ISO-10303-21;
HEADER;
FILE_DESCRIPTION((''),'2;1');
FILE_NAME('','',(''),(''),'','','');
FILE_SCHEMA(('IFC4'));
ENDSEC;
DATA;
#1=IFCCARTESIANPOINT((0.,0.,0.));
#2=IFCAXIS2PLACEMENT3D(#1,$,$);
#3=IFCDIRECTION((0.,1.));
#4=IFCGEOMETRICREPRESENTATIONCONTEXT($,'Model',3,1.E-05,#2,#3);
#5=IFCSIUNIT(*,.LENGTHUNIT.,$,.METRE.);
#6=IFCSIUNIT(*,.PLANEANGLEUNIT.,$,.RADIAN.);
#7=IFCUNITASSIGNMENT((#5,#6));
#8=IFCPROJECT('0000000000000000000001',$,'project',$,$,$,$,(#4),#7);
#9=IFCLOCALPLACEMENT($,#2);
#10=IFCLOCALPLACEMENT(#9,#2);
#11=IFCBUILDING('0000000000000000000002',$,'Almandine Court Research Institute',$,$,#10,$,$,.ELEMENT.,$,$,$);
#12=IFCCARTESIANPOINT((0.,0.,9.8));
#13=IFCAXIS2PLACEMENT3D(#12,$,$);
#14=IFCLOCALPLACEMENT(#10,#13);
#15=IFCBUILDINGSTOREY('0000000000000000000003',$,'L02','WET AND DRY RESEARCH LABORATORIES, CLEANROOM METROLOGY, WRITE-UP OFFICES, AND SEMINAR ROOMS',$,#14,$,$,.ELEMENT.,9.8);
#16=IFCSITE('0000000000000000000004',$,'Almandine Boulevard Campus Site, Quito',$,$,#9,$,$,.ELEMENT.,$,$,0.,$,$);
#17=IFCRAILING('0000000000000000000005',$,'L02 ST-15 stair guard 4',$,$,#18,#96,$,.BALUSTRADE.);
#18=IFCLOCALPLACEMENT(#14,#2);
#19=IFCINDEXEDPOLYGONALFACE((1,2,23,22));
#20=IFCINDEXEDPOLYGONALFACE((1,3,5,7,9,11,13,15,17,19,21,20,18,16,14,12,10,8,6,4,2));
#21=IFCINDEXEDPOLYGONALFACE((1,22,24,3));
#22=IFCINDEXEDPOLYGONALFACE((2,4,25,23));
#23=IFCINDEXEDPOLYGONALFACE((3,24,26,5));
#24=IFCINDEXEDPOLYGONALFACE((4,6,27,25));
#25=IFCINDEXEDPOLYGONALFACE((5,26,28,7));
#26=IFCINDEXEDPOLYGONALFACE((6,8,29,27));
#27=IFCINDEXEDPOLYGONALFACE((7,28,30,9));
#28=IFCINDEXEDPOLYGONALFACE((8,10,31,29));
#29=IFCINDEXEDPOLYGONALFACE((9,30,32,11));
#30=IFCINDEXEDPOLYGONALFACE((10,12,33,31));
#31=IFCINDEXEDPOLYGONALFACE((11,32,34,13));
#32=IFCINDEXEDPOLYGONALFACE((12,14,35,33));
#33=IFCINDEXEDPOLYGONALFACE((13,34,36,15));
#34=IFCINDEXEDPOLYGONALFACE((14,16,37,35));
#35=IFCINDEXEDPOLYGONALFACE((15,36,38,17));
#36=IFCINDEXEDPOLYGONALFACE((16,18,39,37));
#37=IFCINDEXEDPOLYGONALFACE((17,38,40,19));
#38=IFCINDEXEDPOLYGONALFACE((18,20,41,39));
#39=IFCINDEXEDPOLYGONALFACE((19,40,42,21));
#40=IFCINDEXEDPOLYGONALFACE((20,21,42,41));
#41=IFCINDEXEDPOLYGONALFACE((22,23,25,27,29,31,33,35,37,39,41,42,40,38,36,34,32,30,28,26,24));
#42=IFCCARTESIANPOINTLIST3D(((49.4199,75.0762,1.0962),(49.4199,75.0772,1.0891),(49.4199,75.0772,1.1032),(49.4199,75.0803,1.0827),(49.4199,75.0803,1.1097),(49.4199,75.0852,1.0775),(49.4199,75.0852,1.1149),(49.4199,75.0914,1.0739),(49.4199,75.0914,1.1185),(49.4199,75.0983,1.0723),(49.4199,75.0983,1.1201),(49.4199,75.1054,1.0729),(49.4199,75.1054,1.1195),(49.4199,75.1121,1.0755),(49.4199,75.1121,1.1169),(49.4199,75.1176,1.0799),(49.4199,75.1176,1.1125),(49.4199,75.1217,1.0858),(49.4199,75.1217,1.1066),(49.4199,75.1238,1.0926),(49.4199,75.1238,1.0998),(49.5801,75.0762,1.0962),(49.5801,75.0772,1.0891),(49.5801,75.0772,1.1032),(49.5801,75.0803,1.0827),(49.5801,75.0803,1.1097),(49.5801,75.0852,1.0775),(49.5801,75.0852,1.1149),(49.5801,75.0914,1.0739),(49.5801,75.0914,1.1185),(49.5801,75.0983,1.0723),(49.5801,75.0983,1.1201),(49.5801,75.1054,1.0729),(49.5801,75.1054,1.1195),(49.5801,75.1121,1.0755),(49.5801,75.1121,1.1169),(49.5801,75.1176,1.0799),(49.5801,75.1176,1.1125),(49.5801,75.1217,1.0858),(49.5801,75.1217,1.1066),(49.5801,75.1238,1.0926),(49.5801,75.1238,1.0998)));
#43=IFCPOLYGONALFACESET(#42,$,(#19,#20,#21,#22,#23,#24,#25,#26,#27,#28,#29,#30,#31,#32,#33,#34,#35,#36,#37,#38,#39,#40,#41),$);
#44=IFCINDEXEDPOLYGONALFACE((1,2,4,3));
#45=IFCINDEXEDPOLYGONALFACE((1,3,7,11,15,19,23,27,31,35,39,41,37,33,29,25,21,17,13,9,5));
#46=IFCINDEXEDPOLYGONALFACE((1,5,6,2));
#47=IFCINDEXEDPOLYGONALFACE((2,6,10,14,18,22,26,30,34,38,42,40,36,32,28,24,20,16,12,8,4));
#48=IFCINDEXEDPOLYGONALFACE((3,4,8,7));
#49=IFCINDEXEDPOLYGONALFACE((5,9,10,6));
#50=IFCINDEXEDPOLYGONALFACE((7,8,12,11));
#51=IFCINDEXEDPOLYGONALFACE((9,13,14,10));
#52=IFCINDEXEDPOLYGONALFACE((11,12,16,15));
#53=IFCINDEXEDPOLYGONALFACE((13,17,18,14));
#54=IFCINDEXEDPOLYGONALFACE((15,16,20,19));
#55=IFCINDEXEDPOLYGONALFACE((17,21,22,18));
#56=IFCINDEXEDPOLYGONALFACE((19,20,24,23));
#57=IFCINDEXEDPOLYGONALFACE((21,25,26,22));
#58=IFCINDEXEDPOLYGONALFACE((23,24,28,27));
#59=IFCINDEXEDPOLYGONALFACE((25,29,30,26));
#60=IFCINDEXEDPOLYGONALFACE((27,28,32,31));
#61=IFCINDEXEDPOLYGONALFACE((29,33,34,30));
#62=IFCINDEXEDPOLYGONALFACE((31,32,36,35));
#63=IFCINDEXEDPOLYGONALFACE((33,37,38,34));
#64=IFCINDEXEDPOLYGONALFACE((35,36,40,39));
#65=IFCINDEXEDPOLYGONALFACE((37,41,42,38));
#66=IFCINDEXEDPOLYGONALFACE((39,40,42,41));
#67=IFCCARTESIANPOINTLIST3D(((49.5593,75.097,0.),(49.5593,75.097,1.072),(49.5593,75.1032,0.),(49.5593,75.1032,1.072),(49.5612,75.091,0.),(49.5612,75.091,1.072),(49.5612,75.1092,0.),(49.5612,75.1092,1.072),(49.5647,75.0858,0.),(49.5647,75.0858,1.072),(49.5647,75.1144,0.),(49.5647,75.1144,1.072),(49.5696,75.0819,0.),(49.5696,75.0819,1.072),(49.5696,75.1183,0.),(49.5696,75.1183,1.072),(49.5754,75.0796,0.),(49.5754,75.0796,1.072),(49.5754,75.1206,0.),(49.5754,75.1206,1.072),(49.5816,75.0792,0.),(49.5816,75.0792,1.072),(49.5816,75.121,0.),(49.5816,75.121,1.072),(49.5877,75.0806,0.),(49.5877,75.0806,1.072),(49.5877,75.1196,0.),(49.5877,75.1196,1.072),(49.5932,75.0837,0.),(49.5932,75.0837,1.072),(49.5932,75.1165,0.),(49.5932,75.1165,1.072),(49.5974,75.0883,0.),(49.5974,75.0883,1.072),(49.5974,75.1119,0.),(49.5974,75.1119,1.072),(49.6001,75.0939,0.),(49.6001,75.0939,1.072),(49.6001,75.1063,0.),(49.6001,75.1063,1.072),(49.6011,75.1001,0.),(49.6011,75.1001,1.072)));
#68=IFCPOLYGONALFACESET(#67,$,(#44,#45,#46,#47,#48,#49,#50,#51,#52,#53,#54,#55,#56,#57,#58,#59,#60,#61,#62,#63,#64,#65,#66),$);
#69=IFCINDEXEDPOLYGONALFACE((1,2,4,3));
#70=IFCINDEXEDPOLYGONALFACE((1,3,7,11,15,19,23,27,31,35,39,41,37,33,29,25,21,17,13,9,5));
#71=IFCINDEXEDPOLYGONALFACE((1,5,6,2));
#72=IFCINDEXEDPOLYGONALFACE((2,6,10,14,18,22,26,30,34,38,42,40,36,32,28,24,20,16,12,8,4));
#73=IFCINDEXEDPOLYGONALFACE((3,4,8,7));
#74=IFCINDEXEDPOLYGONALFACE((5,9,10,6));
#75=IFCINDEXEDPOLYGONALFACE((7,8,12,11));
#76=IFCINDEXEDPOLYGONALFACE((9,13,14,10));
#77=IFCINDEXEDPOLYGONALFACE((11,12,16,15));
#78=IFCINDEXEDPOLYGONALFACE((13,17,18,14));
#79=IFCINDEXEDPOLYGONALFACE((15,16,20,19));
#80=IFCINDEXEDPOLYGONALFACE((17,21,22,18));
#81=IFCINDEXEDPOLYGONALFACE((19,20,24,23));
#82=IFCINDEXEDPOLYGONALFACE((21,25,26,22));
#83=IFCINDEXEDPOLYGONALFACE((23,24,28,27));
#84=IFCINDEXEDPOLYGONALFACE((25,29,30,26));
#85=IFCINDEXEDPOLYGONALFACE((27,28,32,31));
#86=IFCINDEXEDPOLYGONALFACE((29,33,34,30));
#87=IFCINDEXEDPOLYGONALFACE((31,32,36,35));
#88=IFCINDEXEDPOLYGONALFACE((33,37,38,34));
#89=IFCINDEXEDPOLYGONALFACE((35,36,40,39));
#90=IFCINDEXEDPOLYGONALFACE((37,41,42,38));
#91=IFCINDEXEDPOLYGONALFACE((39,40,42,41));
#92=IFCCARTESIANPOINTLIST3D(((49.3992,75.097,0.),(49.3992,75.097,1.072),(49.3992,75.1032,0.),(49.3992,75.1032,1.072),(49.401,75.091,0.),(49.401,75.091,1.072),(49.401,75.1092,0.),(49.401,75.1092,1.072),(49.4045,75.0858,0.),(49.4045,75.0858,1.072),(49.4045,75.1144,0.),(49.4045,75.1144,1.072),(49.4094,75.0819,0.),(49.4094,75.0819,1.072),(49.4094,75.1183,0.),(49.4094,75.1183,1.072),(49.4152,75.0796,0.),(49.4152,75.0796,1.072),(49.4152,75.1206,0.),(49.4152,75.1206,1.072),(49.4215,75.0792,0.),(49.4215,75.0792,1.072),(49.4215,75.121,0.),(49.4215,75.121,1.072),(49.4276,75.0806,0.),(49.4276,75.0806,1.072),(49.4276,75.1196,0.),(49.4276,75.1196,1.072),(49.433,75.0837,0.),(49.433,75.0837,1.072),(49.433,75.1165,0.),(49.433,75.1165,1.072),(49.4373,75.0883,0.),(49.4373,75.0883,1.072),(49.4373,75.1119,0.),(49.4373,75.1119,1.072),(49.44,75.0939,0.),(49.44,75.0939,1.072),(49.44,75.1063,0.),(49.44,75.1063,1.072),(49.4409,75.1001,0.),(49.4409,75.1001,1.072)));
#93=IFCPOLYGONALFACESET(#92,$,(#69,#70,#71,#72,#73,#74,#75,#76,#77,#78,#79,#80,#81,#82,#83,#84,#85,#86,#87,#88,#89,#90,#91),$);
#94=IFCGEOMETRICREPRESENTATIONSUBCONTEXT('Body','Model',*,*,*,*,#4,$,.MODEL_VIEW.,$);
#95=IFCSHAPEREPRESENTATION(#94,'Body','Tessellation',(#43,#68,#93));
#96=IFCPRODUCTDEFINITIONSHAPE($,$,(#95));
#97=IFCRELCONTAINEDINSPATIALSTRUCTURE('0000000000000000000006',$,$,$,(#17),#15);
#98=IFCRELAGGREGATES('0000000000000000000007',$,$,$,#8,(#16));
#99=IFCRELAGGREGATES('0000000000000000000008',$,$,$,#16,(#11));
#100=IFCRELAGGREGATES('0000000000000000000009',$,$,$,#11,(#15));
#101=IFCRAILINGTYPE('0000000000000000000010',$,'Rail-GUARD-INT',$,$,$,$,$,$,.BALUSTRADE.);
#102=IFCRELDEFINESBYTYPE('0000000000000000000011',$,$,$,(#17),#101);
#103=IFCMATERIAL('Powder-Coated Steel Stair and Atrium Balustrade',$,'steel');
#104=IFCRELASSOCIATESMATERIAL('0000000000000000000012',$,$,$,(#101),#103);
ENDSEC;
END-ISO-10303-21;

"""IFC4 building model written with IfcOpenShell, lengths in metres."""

from ifc_helpers import new_model, si_unit, direction, frame, origin, origin_2d, place, context, subcontext, project, spatial, circle, extrude, material, type_object, element, save


model = new_model("IFC4")

# Units and contexts
model_context = context("Model", 3, precision=1e-05, world=origin(), true_north=direction((0.0, 1.0)))
body_context = subcontext(model_context, "Body", "Model", "MODEL_VIEW")
ifc_project = project(units=[si_unit("LENGTHUNIT", "METRE"), si_unit("PLANEANGLEUNIT", "RADIAN")], contexts=[model_context])

# Site, building, storey
site_placement = place(None, origin())
site = spatial("IfcSite", under=ifc_project, at=site_placement, Name="Almandine Boulevard Campus Site, Quito", CompositionType="ELEMENT", RefElevation=0.0)
building_placement = place(site_placement, origin())
building = spatial("IfcBuilding", under=site, at=building_placement, Name="Almandine Court Research Institute", CompositionType="ELEMENT")
storey_placement = place(building_placement, frame((0.0, 0.0, 9.8)))
storey = spatial("IfcBuildingStorey", under=building, at=storey_placement, Name="L02", Description="WET AND DRY RESEARCH LABORATORIES, CLEANROOM METROLOGY, WRITE-UP OFFICES, AND SEMINAR ROOMS", CompositionType="ELEMENT", Elevation=9.8)

# Railing
ifc_material_1 = material(Name="Powder-Coated Steel Stair and Atrium Balustrade", Category="steel")
railing_type_1 = type_object("IfcRailingType", Name="Rail-GUARD-INT", PredefinedType="BALUSTRADE", material=ifc_material_1)
railing_1_placement = place(storey_placement, frame((49.5801, 75.1001, 0.0)))
element("IfcRailing", 1, at=railing_1_placement, inside=storey, type_object=railing_type_1, Name="L02 ST-15 stair guard 4", PredefinedType="BALUSTRADE", context=body_context, shape_type="SweptSolid", body=[
    extrude(circle(Radius=0.0239, at=origin_2d()), frame((0.0, 0.0, 1.0962), z_axis=(-1.0, 0.0, 0.0), x_axis=(0.0, -1.0, 0.0)), (0.0, 0.0, 1.0), 0.1602),
    extrude(circle(Radius=0.021, at=origin_2d()), origin(), (0.0, 0.0, 1.0), 1.072),
    extrude(circle(Radius=0.021, at=origin_2d()), frame((-0.1602, 0.0, 0.0)), (0.0, 0.0, 1.0), 1.072),
])

save(model, "model.ifc")
